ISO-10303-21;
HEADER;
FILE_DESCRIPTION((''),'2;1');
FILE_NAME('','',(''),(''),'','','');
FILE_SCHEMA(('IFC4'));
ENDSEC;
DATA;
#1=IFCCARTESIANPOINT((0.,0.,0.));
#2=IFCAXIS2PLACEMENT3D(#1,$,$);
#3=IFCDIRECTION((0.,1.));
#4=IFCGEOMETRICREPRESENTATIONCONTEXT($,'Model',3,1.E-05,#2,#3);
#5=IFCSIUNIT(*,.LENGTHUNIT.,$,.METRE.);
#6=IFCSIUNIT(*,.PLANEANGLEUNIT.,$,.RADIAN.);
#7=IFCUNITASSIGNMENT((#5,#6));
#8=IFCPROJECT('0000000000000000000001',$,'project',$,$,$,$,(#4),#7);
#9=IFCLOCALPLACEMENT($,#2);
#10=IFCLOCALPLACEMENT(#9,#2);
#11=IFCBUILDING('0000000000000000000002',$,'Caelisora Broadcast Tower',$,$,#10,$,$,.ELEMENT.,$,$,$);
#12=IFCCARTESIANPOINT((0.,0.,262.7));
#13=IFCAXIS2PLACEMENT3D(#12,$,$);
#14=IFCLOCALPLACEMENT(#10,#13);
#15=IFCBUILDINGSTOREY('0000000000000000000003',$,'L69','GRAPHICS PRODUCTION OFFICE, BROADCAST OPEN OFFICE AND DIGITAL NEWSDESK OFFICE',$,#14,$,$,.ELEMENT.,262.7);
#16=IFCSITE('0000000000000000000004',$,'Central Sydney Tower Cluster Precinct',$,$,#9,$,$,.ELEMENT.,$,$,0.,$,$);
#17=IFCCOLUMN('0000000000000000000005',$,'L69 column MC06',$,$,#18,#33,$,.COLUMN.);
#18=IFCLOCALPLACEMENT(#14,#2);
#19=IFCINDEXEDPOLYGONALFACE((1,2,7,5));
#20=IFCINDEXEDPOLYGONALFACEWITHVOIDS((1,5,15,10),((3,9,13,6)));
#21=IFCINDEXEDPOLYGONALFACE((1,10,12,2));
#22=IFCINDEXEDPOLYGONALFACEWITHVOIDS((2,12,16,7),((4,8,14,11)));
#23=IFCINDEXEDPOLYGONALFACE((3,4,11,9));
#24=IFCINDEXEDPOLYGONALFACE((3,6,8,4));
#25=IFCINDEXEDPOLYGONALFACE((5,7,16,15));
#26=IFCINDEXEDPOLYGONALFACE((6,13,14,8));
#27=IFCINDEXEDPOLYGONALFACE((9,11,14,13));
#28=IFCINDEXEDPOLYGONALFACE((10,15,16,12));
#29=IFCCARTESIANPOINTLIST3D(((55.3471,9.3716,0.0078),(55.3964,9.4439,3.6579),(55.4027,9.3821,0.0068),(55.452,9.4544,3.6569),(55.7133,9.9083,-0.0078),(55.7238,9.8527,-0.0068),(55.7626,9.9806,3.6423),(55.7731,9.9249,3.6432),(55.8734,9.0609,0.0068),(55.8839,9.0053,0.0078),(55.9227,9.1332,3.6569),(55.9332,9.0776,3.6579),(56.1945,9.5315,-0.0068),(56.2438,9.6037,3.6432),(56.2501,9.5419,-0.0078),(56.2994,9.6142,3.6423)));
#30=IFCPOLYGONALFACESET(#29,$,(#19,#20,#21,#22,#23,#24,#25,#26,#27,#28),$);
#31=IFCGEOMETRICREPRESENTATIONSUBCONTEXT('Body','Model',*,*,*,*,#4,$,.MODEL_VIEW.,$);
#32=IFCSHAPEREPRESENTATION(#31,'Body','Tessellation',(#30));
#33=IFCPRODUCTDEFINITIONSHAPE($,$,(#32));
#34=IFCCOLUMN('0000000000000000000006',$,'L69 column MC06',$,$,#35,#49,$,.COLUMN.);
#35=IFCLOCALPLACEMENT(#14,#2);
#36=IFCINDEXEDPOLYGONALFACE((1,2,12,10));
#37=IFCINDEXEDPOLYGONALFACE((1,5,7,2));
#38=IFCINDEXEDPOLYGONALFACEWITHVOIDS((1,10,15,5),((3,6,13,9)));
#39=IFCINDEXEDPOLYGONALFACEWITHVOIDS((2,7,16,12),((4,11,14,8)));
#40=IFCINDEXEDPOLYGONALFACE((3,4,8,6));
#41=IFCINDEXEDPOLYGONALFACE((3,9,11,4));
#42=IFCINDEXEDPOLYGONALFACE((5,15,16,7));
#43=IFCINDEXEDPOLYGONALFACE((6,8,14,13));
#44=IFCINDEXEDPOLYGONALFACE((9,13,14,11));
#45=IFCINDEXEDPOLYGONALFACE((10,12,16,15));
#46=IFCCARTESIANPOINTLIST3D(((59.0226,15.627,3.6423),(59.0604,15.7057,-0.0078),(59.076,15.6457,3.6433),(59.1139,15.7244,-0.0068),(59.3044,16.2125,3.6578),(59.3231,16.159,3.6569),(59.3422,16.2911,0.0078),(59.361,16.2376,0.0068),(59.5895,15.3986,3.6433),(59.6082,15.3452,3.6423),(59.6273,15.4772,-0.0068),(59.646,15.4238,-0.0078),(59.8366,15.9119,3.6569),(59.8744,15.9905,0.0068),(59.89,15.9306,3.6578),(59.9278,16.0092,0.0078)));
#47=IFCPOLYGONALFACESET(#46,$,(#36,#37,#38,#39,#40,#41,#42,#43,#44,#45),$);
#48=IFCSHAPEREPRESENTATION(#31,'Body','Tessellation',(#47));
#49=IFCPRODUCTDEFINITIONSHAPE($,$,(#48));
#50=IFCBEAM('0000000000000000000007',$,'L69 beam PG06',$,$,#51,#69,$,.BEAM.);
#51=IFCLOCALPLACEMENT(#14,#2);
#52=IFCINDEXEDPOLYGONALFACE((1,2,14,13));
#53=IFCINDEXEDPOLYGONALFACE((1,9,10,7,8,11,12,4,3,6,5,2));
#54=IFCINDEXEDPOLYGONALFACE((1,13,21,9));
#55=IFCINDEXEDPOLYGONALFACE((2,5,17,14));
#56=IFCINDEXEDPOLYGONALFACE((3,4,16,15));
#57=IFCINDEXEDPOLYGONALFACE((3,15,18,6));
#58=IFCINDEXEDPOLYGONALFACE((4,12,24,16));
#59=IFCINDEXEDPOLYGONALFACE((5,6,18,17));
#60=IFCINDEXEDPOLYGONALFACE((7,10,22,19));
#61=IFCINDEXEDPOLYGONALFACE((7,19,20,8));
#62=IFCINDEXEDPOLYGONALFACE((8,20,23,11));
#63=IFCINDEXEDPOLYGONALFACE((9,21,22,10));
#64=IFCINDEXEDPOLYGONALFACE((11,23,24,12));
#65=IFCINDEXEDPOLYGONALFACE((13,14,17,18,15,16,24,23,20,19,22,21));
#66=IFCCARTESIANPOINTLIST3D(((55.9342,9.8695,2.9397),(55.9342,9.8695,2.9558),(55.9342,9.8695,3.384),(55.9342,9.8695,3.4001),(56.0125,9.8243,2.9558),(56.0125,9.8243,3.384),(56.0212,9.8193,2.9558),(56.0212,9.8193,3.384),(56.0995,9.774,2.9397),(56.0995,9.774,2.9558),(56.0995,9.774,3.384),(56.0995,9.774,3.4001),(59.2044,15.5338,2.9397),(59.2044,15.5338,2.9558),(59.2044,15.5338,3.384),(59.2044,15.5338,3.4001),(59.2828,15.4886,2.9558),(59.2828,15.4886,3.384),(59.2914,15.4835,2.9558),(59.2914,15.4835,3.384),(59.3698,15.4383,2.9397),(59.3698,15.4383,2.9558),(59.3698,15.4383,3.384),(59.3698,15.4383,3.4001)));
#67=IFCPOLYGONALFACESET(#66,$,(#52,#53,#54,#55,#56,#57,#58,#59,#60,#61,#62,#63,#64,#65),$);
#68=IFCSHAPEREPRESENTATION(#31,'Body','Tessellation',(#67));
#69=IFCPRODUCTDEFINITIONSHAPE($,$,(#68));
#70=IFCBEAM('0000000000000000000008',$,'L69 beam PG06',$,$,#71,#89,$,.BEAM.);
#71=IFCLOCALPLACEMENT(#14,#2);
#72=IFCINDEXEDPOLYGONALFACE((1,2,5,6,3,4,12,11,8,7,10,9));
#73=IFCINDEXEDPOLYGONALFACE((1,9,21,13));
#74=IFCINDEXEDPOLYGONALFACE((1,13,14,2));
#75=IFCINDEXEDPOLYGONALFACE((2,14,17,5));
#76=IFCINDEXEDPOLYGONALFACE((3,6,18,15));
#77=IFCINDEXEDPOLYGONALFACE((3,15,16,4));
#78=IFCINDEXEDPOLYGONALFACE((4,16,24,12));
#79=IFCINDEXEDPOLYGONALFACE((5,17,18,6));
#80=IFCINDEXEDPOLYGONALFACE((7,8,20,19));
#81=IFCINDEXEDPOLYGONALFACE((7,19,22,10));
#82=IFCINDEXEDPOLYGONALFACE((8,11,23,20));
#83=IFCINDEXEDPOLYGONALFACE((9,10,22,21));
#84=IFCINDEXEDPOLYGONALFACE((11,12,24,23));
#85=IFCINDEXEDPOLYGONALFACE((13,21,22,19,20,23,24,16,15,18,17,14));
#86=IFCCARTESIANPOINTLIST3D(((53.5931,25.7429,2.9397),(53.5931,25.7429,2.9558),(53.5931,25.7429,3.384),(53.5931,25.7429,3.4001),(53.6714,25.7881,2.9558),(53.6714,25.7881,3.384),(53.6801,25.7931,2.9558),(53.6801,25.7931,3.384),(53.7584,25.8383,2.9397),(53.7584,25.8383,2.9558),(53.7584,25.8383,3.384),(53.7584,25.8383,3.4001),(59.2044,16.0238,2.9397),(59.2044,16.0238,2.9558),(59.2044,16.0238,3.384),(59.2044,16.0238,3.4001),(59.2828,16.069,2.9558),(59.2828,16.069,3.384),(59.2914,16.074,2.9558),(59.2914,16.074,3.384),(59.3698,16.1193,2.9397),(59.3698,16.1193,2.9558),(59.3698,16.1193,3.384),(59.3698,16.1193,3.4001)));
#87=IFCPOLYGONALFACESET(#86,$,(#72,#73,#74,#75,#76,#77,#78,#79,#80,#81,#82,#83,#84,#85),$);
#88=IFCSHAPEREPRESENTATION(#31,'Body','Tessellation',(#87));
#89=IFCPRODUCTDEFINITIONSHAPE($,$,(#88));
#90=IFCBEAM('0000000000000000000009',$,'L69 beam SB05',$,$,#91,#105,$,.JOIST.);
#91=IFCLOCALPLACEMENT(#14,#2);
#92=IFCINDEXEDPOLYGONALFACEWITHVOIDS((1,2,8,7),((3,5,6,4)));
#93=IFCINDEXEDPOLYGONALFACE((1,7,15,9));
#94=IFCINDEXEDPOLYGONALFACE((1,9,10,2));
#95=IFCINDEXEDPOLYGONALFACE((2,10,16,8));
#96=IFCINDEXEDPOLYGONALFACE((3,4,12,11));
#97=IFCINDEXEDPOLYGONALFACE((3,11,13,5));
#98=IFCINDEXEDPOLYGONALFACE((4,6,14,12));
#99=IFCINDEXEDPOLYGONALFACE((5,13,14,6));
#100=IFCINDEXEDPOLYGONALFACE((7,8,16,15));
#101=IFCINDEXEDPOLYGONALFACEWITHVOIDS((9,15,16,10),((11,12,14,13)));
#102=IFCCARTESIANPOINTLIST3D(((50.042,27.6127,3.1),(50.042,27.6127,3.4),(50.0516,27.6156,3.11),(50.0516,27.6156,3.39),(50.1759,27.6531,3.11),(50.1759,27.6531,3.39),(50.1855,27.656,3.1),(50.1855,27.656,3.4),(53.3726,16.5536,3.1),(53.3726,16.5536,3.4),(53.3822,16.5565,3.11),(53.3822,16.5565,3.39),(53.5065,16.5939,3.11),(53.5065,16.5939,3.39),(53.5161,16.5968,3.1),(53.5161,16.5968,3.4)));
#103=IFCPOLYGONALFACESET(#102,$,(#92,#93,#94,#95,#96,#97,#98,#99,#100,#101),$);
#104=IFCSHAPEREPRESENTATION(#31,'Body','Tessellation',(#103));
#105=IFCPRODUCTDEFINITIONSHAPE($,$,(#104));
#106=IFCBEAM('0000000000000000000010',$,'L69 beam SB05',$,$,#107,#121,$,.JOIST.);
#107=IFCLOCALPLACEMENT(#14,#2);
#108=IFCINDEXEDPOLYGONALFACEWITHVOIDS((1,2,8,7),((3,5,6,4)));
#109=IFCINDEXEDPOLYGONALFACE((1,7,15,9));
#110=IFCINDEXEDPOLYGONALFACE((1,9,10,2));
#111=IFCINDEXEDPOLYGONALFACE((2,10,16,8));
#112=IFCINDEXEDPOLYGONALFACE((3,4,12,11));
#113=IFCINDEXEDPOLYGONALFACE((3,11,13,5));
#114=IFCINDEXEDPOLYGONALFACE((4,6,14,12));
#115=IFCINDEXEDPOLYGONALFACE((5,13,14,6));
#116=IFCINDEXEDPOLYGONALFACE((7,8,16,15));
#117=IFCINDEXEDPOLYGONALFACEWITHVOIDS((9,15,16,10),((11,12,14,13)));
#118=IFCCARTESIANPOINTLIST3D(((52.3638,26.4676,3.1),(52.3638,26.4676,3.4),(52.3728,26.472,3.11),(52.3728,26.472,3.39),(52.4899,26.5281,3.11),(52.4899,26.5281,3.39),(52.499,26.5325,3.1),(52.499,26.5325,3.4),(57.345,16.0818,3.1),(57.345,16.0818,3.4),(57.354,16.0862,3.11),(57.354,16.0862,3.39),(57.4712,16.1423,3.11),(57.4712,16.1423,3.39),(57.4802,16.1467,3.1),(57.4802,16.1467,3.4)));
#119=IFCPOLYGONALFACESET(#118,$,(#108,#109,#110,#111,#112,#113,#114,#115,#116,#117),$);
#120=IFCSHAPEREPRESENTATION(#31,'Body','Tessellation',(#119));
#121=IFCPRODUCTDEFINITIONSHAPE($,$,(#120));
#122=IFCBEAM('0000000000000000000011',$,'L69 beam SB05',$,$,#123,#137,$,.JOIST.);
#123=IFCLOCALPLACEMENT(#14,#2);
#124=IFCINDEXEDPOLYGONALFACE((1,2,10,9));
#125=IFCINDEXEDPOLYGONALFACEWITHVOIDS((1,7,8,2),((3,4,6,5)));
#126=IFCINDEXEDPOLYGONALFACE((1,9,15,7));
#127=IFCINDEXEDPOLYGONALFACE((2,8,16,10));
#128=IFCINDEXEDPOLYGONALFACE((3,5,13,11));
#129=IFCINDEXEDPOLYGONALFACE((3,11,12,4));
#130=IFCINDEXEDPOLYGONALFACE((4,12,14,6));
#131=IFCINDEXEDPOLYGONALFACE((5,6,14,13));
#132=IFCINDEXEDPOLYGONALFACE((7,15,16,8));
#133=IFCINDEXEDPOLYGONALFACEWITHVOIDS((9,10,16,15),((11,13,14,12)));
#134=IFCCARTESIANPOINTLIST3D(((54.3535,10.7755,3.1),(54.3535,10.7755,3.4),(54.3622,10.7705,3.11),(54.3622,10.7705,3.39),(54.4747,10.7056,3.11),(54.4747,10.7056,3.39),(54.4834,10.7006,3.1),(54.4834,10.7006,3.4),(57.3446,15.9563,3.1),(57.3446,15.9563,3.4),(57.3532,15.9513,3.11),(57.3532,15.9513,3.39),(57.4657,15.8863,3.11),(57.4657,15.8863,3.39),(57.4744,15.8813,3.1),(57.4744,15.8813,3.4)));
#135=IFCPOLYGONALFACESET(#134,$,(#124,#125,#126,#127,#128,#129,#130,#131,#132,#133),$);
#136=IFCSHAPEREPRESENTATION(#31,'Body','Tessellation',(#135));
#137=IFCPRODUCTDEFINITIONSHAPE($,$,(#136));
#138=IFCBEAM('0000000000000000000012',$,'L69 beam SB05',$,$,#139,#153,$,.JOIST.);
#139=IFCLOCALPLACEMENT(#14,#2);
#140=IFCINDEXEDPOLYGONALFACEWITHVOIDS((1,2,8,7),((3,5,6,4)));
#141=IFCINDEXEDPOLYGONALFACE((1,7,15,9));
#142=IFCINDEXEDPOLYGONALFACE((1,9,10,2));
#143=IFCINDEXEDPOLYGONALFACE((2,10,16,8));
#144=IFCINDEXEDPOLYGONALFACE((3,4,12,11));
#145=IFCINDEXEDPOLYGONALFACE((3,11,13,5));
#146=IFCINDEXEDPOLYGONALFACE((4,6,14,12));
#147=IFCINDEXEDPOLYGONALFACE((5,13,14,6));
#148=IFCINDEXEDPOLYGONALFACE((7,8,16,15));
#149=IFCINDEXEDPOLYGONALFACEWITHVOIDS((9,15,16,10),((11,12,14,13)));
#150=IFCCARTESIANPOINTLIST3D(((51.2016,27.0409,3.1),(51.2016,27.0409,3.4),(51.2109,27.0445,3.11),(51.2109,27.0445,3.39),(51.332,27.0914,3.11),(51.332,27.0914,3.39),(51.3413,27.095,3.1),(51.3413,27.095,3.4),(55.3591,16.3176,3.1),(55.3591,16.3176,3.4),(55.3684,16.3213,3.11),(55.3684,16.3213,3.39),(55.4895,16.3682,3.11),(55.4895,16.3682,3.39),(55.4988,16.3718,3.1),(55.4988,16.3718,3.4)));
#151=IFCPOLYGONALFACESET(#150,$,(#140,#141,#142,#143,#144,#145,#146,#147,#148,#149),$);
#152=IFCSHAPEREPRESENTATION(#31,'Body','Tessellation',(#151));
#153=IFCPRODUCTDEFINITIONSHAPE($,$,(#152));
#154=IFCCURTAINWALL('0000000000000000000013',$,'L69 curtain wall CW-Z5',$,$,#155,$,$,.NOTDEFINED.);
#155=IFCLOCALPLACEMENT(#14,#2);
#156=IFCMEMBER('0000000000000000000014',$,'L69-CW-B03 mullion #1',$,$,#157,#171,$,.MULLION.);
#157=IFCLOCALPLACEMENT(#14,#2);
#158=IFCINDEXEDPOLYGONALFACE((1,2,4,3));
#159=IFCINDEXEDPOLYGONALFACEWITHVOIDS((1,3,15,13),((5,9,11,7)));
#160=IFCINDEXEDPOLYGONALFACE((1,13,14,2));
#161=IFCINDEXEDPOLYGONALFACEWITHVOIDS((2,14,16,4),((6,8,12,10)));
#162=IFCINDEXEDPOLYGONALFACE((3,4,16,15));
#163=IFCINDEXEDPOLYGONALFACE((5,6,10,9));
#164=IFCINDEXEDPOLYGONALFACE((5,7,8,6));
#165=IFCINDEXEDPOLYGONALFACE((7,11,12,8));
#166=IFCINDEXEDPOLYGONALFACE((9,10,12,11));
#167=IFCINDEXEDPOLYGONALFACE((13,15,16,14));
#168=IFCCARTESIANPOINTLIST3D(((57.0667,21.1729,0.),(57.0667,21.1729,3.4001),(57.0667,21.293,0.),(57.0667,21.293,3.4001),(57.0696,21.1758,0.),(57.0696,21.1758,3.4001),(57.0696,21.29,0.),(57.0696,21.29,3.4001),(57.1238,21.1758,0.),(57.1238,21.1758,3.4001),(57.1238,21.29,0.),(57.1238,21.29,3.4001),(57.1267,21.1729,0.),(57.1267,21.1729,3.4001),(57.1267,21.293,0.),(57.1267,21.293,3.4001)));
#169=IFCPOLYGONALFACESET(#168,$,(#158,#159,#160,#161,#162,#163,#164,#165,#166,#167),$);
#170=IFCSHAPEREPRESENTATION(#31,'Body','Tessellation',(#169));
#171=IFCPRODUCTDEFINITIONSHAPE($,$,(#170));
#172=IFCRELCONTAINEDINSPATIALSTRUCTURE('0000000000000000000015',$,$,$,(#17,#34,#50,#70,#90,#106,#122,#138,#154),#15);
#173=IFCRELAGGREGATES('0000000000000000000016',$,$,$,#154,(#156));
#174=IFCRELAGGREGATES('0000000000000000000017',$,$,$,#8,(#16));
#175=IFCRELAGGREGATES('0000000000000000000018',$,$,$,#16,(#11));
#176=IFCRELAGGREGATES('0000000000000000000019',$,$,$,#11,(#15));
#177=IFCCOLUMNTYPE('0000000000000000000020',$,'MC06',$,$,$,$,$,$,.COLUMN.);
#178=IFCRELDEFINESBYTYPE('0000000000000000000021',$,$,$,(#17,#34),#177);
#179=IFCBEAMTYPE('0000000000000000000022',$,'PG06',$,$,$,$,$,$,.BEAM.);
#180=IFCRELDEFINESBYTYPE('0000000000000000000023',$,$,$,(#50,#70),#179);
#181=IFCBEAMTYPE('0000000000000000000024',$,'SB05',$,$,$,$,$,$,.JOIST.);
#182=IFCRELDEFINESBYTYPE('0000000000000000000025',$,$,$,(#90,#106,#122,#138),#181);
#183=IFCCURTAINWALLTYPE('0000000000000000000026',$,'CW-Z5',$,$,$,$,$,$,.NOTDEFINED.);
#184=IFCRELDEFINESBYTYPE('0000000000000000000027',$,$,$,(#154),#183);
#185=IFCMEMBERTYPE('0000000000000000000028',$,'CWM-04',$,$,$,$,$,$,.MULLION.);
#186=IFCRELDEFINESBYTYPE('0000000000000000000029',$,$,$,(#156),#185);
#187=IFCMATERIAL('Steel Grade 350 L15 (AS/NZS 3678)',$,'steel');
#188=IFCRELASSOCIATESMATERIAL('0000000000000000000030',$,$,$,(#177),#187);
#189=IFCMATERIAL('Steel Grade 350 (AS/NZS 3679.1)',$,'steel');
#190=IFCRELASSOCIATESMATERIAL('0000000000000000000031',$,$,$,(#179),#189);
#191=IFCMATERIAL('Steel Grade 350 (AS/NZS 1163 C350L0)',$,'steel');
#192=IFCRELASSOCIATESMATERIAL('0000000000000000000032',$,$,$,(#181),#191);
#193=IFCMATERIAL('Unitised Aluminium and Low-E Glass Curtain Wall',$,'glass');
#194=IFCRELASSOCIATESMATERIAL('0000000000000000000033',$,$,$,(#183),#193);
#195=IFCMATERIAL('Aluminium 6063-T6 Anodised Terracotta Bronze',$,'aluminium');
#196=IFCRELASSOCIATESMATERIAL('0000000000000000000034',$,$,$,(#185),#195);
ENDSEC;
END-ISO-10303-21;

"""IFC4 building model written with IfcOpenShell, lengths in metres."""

from ifc_helpers import new_model, si_unit, direction, frame, origin, origin_2d, place, context, subcontext, project, spatial, hollow_rectangle, i_section, extrude, source, transform, mapped, material, material_profile, profile_set, type_object, type_shapes, element, aggregate, save


model = new_model("IFC4")

# Units and contexts
model_context = context("Model", 3, precision=1e-05, world=origin(), true_north=direction((0.0, 1.0)))
body_context = subcontext(model_context, "Body", "Model", "MODEL_VIEW")
ifc_project = project(units=[si_unit("LENGTHUNIT", "METRE"), si_unit("PLANEANGLEUNIT", "RADIAN")], contexts=[model_context])

# Site, building, storey
site_placement = place(None, origin())
site = spatial("IfcSite", under=ifc_project, at=site_placement, Name="Central Sydney Tower Cluster Precinct", CompositionType="ELEMENT", RefElevation=0.0)
building_placement = place(site_placement, origin())
building = spatial("IfcBuilding", under=site, at=building_placement, Name="Caelisora Broadcast Tower", CompositionType="ELEMENT")
storey_placement = place(building_placement, frame((0.0, 0.0, 262.7)))
storey = spatial("IfcBuildingStorey", under=building, at=storey_placement, Name="L69", Description="GRAPHICS PRODUCTION OFFICE, BROADCAST OPEN OFFICE AND DIGITAL NEWSDESK OFFICE", CompositionType="ELEMENT", Elevation=262.7)

# Columns
ifc_material_1 = material(Name="Steel Grade 350 L15 (AS/NZS 3678)", Category="steel")
ifc_material_profile_1 = material_profile(ifc_material_1, hollow_rectangle(XDim=0.6499, YDim=0.6499, WallThickness=0.04, at=origin_2d()), Name="Steel Grade 350 L15 (AS/NZS 3678)")
ifc_profile_set_1 = profile_set([ifc_material_profile_1], Name="Steel Grade 350 L15 (AS/NZS 3678)")
column_type = type_object("IfcColumnType", Name="MC06", PredefinedType="COLUMN", material=ifc_profile_set_1)
shared_shape_1 = source(origin(), body_context, "Body", "SweptSolid", [
    extrude(hollow_rectangle(XDim=0.6499, YDim=0.6499, WallThickness=0.04, at=origin_2d()), origin(), (0.0, 0.0, 1.0), 3.6511),
])
type_shapes(column_type, [shared_shape_1])
for number, where, z_axis, x_axis, name in (
    (1, (55.7986, 9.4568, 0.0), (0.013507, 0.019792, 0.999713), (-0.825991, 0.563683, 0.0), "L69 column MC06"),
    (2, (59.4941, 15.8574, 0.0), (-0.010364, -0.021531, 0.999714), (0.901042, -0.433731, 0.0), "L69 column MC06"),
):
    element("IfcColumn", number, at=place(storey_placement, frame(where, z_axis=z_axis, x_axis=x_axis)), inside=storey, type_object=column_type, Name=name, PredefinedType="COLUMN", context=body_context, shape_type="MappedRepresentation", body=[
        mapped(shared_shape_1, transform((0.0, 0.0, 0.0), scale=1.0)),
    ])

# Beams
ifc_material_2 = material(Name="Steel Grade 350 (AS/NZS 3679.1)", Category="steel")
ifc_material_profile_2 = material_profile(ifc_material_2, i_section(OverallWidth=0.1909, OverallDepth=0.4604, WebThickness=0.01, FlangeThickness=0.0161, at=origin_2d()), Name="Steel Grade 350 (AS/NZS 3679.1)")
ifc_profile_set_2 = profile_set([ifc_material_profile_2], Name="Steel Grade 350 (AS/NZS 3679.1)")
beam_type_1 = type_object("IfcBeamType", Name="PG06", PredefinedType="BEAM", material=ifc_profile_set_2)
shared_shape_2 = source(origin(), body_context, "Body", "SweptSolid", [
    extrude(i_section(OverallWidth=0.1909, OverallDepth=0.4604, WebThickness=0.01, FlangeThickness=0.0161, at=origin_2d()), origin(), (0.0, 0.0, 1.0), 6.5405),
])
beam_1_placement = place(storey_placement, frame((56.0168, 9.8218, 3.1699), z_axis=(0.499997, 0.866027, 0.0), x_axis=(-0.866027, 0.499997, 0.0)))
element("IfcBeam", 3, at=beam_1_placement, inside=storey, type_object=beam_type_1, Name="L69 beam PG06", PredefinedType="BEAM", context=body_context, shape_type="MappedRepresentation", body=[
    mapped(shared_shape_2, transform((0.0, 0.0, 0.0), scale=1.0)),
])
shared_shape_3 = source(origin(), body_context, "Body", "SweptSolid", [
    extrude(i_section(OverallWidth=0.1909, OverallDepth=0.4604, WebThickness=0.01, FlangeThickness=0.0161, at=origin_2d()), origin(), (0.0, 0.0, 1.0), 11.2227),
])
type_shapes(beam_type_1, [shared_shape_2, shared_shape_3])
beam_2_placement = place(storey_placement, frame((59.2871, 16.0715, 3.1699), z_axis=(-0.500004, 0.866023, 0.0), x_axis=(-0.866023, -0.500004, 0.0)))
element("IfcBeam", 4, at=beam_2_placement, inside=storey, type_object=beam_type_1, Name="L69 beam PG06", PredefinedType="BEAM", context=body_context, shape_type="MappedRepresentation", body=[
    mapped(shared_shape_3, transform((0.0, 0.0, 0.0), scale=1.0)),
])
ifc_material_3 = material(Name="Steel Grade 350 (AS/NZS 1163 C350L0)", Category="steel")
ifc_material_profile_3 = material_profile(ifc_material_3, hollow_rectangle(XDim=0.1499, YDim=0.3, WallThickness=0.01, at=origin_2d()), Name="Steel Grade 350 (AS/NZS 1163 C350L0)")
ifc_profile_set_3 = profile_set([ifc_material_profile_3], Name="Steel Grade 350 (AS/NZS 1163 C350L0)")
beam_type_2 = type_object("IfcBeamType", Name="SB05", PredefinedType="JOIST", material=ifc_profile_set_3)
shared_shape_4 = source(origin(), body_context, "Body", "SweptSolid", [
    extrude(hollow_rectangle(XDim=0.1499, YDim=0.3, WallThickness=0.01, at=origin_2d()), origin(), (0.0, 0.0, 1.0), 11.5498),
])
beam_3_placement = place(storey_placement, frame((53.4443, 16.5752, 3.25), z_axis=(-0.288368, 0.95752, 0.0), x_axis=(-0.95752, -0.288368, 0.0)))
element("IfcBeam", 5, at=beam_3_placement, inside=storey, type_object=beam_type_2, Name="L69 beam SB05", PredefinedType="JOIST", context=body_context, shape_type="MappedRepresentation", body=[
    mapped(shared_shape_4, transform((0.0, 0.0, 0.0), scale=1.0)),
])
shared_shape_5 = source(origin(), body_context, "Body", "SweptSolid", [
    extrude(hollow_rectangle(XDim=0.1499, YDim=0.3, WallThickness=0.01, at=origin_2d()), origin(), (0.0, 0.0, 1.0), 11.5186),
])
beam_4_placement = place(storey_placement, frame((57.4126, 16.1143, 3.25), z_axis=(-0.432452, 0.901657, 0.0), x_axis=(-0.901657, -0.432452, 0.0)))
element("IfcBeam", 6, at=beam_4_placement, inside=storey, type_object=beam_type_2, Name="L69 beam SB05", PredefinedType="JOIST", context=body_context, shape_type="MappedRepresentation", body=[
    mapped(shared_shape_5, transform((0.0, 0.0, 0.0), scale=1.0)),
])
shared_shape_6 = source(origin(), body_context, "Body", "SweptSolid", [
    extrude(hollow_rectangle(XDim=0.1499, YDim=0.3, WallThickness=0.01, at=origin_2d()), origin(), (0.0, 0.0, 1.0), 5.9822),
])
beam_5_placement = place(storey_placement, frame((54.4185, 10.738, 3.25), z_axis=(0.499989, 0.866032, 0.0), x_axis=(-0.866032, 0.499989, 0.0)))
element("IfcBeam", 7, at=beam_5_placement, inside=storey, type_object=beam_type_2, Name="L69 beam SB05", PredefinedType="JOIST", context=body_context, shape_type="MappedRepresentation", body=[
    mapped(shared_shape_6, transform((0.0, 0.0, 0.0), scale=1.0)),
])
shared_shape_7 = source(origin(), body_context, "Body", "SweptSolid", [
    extrude(hollow_rectangle(XDim=0.1499, YDim=0.3, WallThickness=0.01, at=origin_2d()), origin(), (0.0, 0.0, 1.0), 11.501),
])
type_shapes(beam_type_2, [shared_shape_4, shared_shape_5, shared_shape_6, shared_shape_7])
beam_6_placement = place(storey_placement, frame((55.429, 16.3447, 3.25), z_axis=(-0.361491, 0.932375, 0.0), x_axis=(-0.932375, -0.361491, 0.0)))
element("IfcBeam", 8, at=beam_6_placement, inside=storey, type_object=beam_type_2, Name="L69 beam SB05", PredefinedType="JOIST", context=body_context, shape_type="MappedRepresentation", body=[
    mapped(shared_shape_7, transform((0.0, 0.0, 0.0), scale=1.0)),
])

# Curtain wall, member
ifc_material_4 = material(Name="Unitised Aluminium and Low-E Glass Curtain Wall", Category="glass")
curtain_wall_type = type_object("IfcCurtainWallType", Name="CW-Z5", PredefinedType="NOTDEFINED", material=ifc_material_4)
curtain_wall_1_placement = place(storey_placement, origin())
curtain_wall_1 = element("IfcCurtainWall", 9, at=curtain_wall_1_placement, inside=storey, type_object=curtain_wall_type, Name="L69 curtain wall CW-Z5", PredefinedType="NOTDEFINED")
ifc_material_5 = material(Name="Aluminium 6063-T6 Anodised Terracotta Bronze", Category="aluminium")
ifc_material_profile_4 = material_profile(ifc_material_5, hollow_rectangle(XDim=0.0601, YDim=0.1201, WallThickness=0.0029, at=origin_2d()), Name="Aluminium 6063-T6 Anodised Terracotta Bronze")
ifc_profile_set_4 = profile_set([ifc_material_profile_4], Name="Aluminium 6063-T6 Anodised Terracotta Bronze")
member_type_1 = type_object("IfcMemberType", Name="CWM-04", PredefinedType="MULLION", material=ifc_profile_set_4)
shared_shape_8 = source(origin(), body_context, "Body", "SweptSolid", [
    extrude(hollow_rectangle(XDim=0.0601, YDim=0.1201, WallThickness=0.0029, at=origin_2d()), origin(), (0.0, 0.0, 1.0), 3.4001),
])
type_shapes(member_type_1, [shared_shape_8])
member_1_placement = place(storey_placement, frame((57.0967, 21.2329, 0.0), z_axis=(0.0, 0.0, 1.0), x_axis=(1.0, 0.0, 0.0)))
member_1 = element("IfcMember", 10, at=member_1_placement, type_object=member_type_1, Name="L69-CW-B03 mullion #1", PredefinedType="MULLION", context=body_context, shape_type="MappedRepresentation", body=[
    mapped(shared_shape_8, transform((0.0, 0.0, 0.0), scale=1.0)),
])

aggregate(curtain_wall_1, [member_1])

save(model, "model.ifc")
